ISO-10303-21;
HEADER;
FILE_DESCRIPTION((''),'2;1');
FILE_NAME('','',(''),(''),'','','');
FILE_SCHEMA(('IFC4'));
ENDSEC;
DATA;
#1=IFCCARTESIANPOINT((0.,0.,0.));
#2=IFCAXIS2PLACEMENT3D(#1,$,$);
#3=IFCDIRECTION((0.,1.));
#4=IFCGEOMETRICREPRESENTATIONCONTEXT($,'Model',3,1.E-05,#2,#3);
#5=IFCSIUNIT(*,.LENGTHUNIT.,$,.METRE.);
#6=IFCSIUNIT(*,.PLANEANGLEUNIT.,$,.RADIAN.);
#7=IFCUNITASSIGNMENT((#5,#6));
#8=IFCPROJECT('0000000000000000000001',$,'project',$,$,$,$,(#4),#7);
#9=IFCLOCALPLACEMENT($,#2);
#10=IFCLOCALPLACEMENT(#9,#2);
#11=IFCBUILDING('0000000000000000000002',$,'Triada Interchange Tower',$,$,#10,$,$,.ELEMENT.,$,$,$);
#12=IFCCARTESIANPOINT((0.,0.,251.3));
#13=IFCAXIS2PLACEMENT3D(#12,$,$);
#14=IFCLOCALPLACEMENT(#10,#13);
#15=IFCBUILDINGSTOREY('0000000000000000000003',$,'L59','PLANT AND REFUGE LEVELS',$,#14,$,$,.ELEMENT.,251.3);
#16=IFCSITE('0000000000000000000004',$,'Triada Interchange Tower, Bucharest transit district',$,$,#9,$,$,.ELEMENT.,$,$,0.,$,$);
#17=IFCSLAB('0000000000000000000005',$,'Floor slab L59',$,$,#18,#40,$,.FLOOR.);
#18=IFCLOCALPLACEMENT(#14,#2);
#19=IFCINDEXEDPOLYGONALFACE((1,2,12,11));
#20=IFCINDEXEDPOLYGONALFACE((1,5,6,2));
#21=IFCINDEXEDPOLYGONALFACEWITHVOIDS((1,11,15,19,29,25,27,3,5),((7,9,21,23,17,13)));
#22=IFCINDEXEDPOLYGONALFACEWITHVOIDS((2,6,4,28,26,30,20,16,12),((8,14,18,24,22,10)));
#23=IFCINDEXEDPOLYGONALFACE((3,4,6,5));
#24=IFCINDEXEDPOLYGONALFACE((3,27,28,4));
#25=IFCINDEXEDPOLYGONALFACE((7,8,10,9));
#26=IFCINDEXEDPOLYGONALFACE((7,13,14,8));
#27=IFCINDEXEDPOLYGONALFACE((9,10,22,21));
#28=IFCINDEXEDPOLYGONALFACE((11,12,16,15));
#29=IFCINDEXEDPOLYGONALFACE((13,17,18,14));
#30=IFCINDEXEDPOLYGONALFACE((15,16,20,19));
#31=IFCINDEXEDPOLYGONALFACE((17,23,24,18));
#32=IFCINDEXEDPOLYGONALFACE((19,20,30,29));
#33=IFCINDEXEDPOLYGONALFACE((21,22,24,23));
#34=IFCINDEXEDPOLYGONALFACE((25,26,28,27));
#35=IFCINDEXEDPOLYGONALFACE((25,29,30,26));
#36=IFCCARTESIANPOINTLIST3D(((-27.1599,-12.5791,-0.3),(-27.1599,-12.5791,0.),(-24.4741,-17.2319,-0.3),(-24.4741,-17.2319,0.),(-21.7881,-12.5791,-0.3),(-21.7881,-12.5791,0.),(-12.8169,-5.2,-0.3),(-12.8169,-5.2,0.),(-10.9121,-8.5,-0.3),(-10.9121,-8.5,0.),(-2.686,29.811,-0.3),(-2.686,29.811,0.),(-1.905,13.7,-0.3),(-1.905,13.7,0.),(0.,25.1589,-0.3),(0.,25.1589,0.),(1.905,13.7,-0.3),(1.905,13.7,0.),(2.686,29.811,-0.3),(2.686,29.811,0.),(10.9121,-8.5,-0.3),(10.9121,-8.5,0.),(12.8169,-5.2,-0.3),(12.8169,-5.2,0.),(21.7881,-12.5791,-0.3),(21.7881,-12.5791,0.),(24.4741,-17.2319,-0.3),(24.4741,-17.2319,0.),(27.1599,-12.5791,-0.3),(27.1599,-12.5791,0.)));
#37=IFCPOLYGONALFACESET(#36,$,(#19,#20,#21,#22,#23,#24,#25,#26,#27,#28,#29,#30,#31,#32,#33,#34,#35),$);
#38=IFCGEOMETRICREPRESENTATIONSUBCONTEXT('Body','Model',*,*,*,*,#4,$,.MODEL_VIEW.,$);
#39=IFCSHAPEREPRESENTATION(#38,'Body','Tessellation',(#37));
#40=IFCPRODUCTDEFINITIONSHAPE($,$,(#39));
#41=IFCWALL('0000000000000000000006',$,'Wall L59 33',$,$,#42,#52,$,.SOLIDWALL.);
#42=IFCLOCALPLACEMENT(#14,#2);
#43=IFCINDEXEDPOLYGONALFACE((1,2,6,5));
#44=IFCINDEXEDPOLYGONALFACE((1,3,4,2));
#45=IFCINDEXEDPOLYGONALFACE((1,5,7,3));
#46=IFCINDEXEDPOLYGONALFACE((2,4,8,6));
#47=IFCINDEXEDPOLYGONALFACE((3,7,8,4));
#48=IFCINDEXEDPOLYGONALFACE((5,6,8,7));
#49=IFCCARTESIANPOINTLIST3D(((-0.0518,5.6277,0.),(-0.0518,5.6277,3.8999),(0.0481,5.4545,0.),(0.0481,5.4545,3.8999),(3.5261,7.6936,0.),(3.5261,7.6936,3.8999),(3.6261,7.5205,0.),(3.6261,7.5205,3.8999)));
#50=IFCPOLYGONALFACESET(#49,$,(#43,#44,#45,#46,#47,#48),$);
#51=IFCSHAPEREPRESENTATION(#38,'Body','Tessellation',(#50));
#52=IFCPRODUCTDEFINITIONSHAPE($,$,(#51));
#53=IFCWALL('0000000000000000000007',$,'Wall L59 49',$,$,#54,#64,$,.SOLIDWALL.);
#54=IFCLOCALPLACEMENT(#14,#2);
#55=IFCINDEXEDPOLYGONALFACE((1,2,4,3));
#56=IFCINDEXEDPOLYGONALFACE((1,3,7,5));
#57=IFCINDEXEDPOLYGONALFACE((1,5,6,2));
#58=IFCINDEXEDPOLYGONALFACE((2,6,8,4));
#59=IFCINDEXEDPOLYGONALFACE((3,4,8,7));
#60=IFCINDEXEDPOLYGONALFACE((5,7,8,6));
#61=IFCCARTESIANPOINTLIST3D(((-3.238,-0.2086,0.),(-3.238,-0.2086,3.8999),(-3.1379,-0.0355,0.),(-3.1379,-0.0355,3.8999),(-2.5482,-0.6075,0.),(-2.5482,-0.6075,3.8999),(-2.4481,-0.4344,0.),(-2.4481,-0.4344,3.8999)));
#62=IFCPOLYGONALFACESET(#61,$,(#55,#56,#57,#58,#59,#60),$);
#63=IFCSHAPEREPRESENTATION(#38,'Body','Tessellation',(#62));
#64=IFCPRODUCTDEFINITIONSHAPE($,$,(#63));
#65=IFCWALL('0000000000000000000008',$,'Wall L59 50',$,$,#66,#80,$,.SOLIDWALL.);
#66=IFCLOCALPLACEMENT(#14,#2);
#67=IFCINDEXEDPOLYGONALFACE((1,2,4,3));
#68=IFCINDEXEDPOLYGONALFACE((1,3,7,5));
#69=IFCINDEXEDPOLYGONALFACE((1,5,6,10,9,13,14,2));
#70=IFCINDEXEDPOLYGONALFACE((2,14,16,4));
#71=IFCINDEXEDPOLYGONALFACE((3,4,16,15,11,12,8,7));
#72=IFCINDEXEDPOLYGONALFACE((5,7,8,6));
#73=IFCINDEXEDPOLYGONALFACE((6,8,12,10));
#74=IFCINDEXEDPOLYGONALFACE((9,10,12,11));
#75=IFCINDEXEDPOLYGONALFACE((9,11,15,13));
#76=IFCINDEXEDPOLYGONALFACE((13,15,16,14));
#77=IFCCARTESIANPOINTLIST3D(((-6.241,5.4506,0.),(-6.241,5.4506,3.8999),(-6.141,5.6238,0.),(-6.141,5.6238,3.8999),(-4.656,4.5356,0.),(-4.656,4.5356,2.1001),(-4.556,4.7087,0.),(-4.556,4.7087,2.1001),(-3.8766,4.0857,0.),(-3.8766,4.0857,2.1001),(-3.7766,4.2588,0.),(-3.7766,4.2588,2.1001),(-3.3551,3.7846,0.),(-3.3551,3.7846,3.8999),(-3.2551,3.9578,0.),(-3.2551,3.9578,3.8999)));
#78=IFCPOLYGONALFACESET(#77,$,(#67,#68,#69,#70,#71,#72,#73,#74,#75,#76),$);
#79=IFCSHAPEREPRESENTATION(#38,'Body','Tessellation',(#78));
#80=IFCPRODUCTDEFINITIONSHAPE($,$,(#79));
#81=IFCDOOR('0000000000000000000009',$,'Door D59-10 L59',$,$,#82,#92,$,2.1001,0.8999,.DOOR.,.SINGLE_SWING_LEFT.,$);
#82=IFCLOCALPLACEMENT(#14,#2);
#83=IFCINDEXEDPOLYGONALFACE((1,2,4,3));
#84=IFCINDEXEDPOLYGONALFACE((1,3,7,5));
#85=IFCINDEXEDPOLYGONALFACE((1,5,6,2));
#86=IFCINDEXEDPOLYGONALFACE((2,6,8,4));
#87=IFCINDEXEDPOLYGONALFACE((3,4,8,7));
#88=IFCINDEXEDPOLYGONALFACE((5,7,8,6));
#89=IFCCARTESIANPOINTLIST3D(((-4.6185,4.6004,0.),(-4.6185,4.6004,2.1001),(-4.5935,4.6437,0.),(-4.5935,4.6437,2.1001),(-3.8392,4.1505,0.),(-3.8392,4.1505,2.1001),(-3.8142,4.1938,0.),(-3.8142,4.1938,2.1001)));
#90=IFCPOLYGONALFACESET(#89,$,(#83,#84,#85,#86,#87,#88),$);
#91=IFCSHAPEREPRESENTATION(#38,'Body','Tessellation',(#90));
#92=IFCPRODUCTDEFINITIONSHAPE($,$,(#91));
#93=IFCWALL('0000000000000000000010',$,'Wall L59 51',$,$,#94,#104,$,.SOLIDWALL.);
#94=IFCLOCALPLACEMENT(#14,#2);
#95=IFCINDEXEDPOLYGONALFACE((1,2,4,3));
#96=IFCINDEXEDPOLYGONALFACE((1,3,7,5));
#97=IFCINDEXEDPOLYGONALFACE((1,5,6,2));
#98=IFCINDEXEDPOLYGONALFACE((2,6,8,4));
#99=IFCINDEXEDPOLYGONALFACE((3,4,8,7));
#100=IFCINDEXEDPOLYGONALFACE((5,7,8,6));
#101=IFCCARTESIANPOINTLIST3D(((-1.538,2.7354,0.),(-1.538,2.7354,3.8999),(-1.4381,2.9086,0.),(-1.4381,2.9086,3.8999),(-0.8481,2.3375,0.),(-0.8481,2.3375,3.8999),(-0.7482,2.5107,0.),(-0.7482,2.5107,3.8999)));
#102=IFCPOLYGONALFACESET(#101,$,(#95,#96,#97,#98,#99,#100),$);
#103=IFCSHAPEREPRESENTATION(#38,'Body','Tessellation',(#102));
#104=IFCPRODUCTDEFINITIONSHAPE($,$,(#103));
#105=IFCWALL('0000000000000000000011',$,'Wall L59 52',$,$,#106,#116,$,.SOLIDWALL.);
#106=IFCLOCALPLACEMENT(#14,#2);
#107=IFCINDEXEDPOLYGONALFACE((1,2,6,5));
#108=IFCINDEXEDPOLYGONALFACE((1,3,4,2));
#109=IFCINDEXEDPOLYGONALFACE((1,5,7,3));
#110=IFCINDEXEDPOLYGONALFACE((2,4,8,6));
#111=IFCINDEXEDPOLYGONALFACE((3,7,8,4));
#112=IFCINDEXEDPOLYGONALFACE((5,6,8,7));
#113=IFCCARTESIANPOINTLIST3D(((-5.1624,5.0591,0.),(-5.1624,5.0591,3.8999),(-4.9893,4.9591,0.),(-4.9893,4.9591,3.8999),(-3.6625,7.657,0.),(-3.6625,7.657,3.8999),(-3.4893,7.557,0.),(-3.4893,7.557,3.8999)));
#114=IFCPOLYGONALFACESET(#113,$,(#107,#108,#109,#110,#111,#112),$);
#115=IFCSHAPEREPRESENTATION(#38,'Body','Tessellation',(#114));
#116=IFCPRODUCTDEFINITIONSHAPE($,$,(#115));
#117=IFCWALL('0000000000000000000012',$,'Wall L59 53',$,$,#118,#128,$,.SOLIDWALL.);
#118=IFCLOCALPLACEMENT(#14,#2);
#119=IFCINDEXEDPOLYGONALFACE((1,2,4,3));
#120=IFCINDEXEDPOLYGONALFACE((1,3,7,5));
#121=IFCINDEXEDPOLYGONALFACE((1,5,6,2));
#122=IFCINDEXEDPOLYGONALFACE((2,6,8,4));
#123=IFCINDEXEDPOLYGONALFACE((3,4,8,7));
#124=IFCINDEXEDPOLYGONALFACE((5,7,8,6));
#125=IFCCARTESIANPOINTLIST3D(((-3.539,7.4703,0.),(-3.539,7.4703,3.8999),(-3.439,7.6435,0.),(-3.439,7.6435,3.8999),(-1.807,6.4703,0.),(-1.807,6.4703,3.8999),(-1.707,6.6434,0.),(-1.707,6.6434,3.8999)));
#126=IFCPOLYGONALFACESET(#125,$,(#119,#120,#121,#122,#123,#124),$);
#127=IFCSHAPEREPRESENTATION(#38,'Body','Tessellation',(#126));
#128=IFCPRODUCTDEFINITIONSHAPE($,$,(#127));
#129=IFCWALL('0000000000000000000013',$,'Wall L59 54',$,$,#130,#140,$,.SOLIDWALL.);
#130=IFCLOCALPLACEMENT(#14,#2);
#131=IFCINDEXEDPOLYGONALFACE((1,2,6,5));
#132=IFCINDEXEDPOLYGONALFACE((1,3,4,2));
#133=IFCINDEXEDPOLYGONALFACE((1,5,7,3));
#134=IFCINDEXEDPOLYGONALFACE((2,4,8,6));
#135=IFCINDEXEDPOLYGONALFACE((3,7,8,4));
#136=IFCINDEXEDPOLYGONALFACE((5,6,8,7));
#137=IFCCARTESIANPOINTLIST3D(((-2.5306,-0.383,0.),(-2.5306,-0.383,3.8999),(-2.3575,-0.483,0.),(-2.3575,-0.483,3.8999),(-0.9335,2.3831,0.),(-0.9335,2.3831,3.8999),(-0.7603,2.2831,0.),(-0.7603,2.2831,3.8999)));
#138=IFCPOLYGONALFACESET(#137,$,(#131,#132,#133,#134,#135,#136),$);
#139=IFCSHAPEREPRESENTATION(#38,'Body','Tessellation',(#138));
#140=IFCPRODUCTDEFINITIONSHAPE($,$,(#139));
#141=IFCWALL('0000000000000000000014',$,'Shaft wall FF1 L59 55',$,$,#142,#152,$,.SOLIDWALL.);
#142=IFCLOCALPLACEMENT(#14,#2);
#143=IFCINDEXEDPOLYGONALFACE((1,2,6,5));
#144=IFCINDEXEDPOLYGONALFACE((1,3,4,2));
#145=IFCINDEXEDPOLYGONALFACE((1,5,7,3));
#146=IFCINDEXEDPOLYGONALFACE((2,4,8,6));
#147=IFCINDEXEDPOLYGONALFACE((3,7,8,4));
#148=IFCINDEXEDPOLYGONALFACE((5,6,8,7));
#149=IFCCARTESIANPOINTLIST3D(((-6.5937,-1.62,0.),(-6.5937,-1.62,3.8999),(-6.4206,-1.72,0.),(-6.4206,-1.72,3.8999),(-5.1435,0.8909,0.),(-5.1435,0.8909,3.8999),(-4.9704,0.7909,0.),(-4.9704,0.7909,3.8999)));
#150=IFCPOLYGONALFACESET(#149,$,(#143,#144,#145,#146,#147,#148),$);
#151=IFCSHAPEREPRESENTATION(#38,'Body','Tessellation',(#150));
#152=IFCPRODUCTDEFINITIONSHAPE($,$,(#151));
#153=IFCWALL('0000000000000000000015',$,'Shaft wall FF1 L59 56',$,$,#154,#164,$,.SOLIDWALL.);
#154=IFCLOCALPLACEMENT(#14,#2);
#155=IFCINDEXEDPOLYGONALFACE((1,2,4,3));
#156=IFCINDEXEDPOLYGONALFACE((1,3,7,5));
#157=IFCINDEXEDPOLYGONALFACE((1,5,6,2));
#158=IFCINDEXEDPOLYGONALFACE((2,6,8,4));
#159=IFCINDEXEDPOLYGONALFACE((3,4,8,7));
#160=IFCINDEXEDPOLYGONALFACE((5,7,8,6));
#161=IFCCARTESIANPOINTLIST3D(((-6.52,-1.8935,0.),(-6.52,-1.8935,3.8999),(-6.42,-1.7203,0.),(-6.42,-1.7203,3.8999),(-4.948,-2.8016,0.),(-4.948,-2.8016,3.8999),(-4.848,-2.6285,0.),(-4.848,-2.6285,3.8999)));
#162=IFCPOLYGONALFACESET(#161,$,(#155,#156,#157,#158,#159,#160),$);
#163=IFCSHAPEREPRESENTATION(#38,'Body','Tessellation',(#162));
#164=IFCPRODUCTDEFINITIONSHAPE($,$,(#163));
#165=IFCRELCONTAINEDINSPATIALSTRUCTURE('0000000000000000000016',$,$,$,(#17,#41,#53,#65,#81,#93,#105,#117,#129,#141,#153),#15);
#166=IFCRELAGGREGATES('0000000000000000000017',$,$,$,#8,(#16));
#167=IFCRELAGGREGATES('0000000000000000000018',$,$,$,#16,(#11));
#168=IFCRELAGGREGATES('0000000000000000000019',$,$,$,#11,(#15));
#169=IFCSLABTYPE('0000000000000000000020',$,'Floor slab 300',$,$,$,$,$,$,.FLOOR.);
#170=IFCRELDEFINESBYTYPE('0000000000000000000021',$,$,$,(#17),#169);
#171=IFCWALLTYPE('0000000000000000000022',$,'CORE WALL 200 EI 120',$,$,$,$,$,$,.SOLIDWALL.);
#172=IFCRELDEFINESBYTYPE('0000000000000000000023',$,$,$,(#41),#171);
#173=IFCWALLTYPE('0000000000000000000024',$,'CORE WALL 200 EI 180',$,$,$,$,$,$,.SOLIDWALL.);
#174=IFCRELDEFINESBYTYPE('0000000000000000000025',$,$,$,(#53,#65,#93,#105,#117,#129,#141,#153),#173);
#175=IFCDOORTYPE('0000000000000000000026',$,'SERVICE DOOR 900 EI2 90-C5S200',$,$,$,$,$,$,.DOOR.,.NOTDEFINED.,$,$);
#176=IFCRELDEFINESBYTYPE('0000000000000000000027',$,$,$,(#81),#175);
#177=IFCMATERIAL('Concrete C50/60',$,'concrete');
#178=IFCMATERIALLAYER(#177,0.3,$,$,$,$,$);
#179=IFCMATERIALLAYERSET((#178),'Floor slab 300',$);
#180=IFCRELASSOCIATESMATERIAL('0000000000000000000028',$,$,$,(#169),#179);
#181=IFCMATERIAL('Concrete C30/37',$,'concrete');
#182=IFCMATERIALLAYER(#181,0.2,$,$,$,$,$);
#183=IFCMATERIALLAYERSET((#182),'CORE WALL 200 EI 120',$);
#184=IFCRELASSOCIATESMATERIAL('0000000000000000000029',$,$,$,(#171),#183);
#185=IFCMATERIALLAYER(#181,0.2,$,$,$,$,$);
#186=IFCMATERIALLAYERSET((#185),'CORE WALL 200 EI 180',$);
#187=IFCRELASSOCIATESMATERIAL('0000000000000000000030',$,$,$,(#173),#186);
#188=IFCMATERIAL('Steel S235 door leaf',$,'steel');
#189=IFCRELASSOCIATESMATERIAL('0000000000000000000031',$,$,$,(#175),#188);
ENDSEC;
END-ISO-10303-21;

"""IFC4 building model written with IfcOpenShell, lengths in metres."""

from ifc_helpers import new_model, si_unit, direction, frame, frame_2d, origin, place, context, subcontext, project, spatial, polyline, rectangle, outline, extrude, material, layer, layer_set, type_object, element, fill, save


model = new_model("IFC4")

# Units and contexts
model_context = context("Model", 3, precision=1e-05, world=origin(), true_north=direction((0.0, 1.0)))
body_context = subcontext(model_context, "Body", "Model", "MODEL_VIEW")
ifc_project = project(units=[si_unit("LENGTHUNIT", "METRE"), si_unit("PLANEANGLEUNIT", "RADIAN")], contexts=[model_context])

# Site, building, storey
site_placement = place(None, origin())
site = spatial("IfcSite", under=ifc_project, at=site_placement, Name="Triada Interchange Tower, Bucharest transit district", CompositionType="ELEMENT", RefElevation=0.0)
building_placement = place(site_placement, origin())
building = spatial("IfcBuilding", under=site, at=building_placement, Name="Triada Interchange Tower", CompositionType="ELEMENT")
storey_placement = place(building_placement, frame((0.0, 0.0, 251.3)))
storey = spatial("IfcBuildingStorey", under=building, at=storey_placement, Name="L59", Description="PLANT AND REFUGE LEVELS", CompositionType="ELEMENT", Elevation=251.3)

# Slab
ifc_material_1 = material(Name="Concrete C50/60", Category="concrete")
ifc_layer_1 = layer(ifc_material_1, 0.3)
ifc_layer_set_1 = layer_set([ifc_layer_1], Name="Floor slab 300")
slab_type = type_object("IfcSlabType", Name="Floor slab 300", PredefinedType="FLOOR", material=ifc_layer_set_1)
slab_placement = place(storey_placement, frame((0.0, 0.0, -0.3)))
element("IfcSlab", 1, at=slab_placement, inside=storey, type_object=slab_type, Name="Floor slab L59", PredefinedType="FLOOR", context=body_context, shape_type="SweptSolid", body=[
    extrude(outline(polyline([(-2.686, 29.811), (-27.1599, -12.5791), (-21.7881, -12.5791), (-24.4741, -17.2319), (24.4741, -17.2319), (21.7881, -12.5791), (27.1599, -12.5791), (2.686, 29.811), (0.0, 25.1589), (-2.686, 29.811)]), holes=[polyline([(1.905, 13.7), (-1.905, 13.7), (-12.8169, -5.2), (-10.9121, -8.5), (10.9121, -8.5), (12.8169, -5.2), (1.905, 13.7)])]), origin(), (0.0, 0.0, 1.0), 0.3),
])

# Walls
ifc_material_2 = material(Name="Concrete C30/37", Category="concrete")
ifc_layer_2 = layer(ifc_material_2, 0.2)
ifc_layer_set_2 = layer_set([ifc_layer_2], Name="CORE WALL 200 EI 120")
wall_type_1 = type_object("IfcWallType", Name="CORE WALL 200 EI 120", PredefinedType="SOLIDWALL", material=ifc_layer_set_2)
wall_1_placement = place(storey_placement, frame((-0.002, 5.541, 0.0), z_axis=(0.0, 0.0, 1.0), x_axis=(0.866002, 0.500041, 0.0)))
element("IfcWall", 2, at=wall_1_placement, inside=storey, type_object=wall_type_1, Name="Wall L59 33", PredefinedType="SOLIDWALL", context=body_context, shape_type="SweptSolid", body=[
    extrude(rectangle(XDim=4.1316, YDim=0.2, at=frame_2d((2.0659, 0.0))), origin(), (0.0, 0.0, 1.0), 3.8999),
])
ifc_layer_3 = layer(ifc_material_2, 0.2)
ifc_layer_set_3 = layer_set([ifc_layer_3], Name="CORE WALL 200 EI 180")
wall_type_2 = type_object("IfcWallType", Name="CORE WALL 200 EI 180", PredefinedType="SOLIDWALL", material=ifc_layer_set_3)
wall_2_placement = place(storey_placement, frame((-3.188, -0.1221, 0.0), z_axis=(0.0, 0.0, 1.0), x_axis=(0.865706, -0.500553, 0.0)))
element("IfcWall", 3, at=wall_2_placement, inside=storey, type_object=wall_type_2, Name="Wall L59 49", PredefinedType="SOLIDWALL", context=body_context, shape_type="SweptSolid", body=[
    extrude(rectangle(XDim=0.7969, YDim=0.2, at=frame_2d((0.3984, 0.0))), origin(), (0.0, 0.0, 1.0), 3.8999),
])

# Wall, opening, door
wall_3_placement = place(storey_placement, frame((-6.1909, 5.5371, 0.0), z_axis=(0.0, 0.0, 1.0), x_axis=(0.866053, -0.499953, 0.0)))
wall_3 = element("IfcWall", 4, at=wall_3_placement, inside=storey, type_object=wall_type_2, Name="Wall L59 50", PredefinedType="SOLIDWALL", context=body_context, shape_type="SweptSolid", body=[
    extrude(rectangle(XDim=3.3323, YDim=0.2, at=frame_2d((1.666, 0.0))), origin(), (0.0, 0.0, 1.0), 3.8999),
])
opening_1_placement = place(wall_3_placement, frame((1.8301, 0.0, 0.0)))
opening_1 = element("IfcOpeningElement", 5, at=opening_1_placement, cuts=wall_3, PredefinedType="OPENING", context=body_context, shape_type="SweptSolid", body=[
    extrude(rectangle(XDim=0.8999, YDim=2.1001, at=frame_2d((0.45, 1.05))), frame((0.0, 0.1099, 0.0), z_axis=(0.0, -1.0, 0.0), x_axis=(1.0, 0.0, 0.0)), (0.0, 0.0, 1.0), 0.22),
])
ifc_material_3 = material(Name="Steel S235 door leaf", Category="steel")
door_type_1 = type_object("IfcDoorType", Name="SERVICE DOOR 900 EI2 90-C5S200", OperationType="NOTDEFINED", PredefinedType="DOOR", material=ifc_material_3)
door_1_placement = place(opening_1_placement, origin())
door_1 = element("IfcDoor", 6, at=door_1_placement, inside=storey, type_object=door_type_1, Name="Door D59-10 L59", OperationType="SINGLE_SWING_LEFT", OverallHeight=2.1001, OverallWidth=0.8999, PredefinedType="DOOR", context=body_context, shape_type="SweptSolid", body=[
    extrude(rectangle(XDim=0.8999, YDim=2.1001, at=frame_2d((0.45, 1.05))), frame((0.0, 0.0249, 0.0), z_axis=(0.0, -1.0, 0.0), x_axis=(1.0, 0.0, 0.0)), (0.0, 0.0, 1.0), 0.05),
])
fill(opening_1, door_1)

# Walls
wall_4_placement = place(storey_placement, frame((-1.488, 2.822, 0.0), z_axis=(0.0, 0.0, 1.0), x_axis=(0.866237, -0.499634, 0.0)))
element("IfcWall", 7, at=wall_4_placement, inside=storey, type_object=wall_type_2, Name="Wall L59 51", PredefinedType="SOLIDWALL", context=body_context, shape_type="SweptSolid", body=[
    extrude(rectangle(XDim=0.7964, YDim=0.2, at=frame_2d((0.3982, 0.0))), origin(), (0.0, 0.0, 1.0), 3.8999),
])
wall_5_placement = place(storey_placement, frame((-5.0759, 5.009, 0.0), z_axis=(0.0, 0.0, 1.0), x_axis=(0.500025, 0.866011, 0.0)))
element("IfcWall", 8, at=wall_5_placement, inside=storey, type_object=wall_type_2, Name="Wall L59 52", PredefinedType="SOLIDWALL", context=body_context, shape_type="SweptSolid", body=[
    extrude(rectangle(XDim=2.9998, YDim=0.2, at=frame_2d((1.5, 0.0))), origin(), (0.0, 0.0, 1.0), 3.8999),
])
wall_6_placement = place(storey_placement, frame((-3.489, 7.5569, 0.0), z_axis=(0.0, 0.0, 1.0), x_axis=(0.866011, -0.500025, 0.0)))
element("IfcWall", 9, at=wall_6_placement, inside=storey, type_object=wall_type_2, Name="Wall L59 53", PredefinedType="SOLIDWALL", context=body_context, shape_type="SweptSolid", body=[
    extrude(rectangle(XDim=2.0, YDim=0.2, at=frame_2d((1.0, 0.0))), origin(), (0.0, 0.0, 1.0), 3.8999),
])
wall_7_placement = place(storey_placement, frame((-2.4441, -0.4331, 0.0), z_axis=(0.0, 0.0, 1.0), x_axis=(0.500036, 0.866005, 0.0)))
element("IfcWall", 10, at=wall_7_placement, inside=storey, type_object=wall_type_2, Name="Wall L59 54", PredefinedType="SOLIDWALL", context=body_context, shape_type="SweptSolid", body=[
    extrude(rectangle(XDim=3.1941, YDim=0.2, at=frame_2d((1.5972, 0.0))), origin(), (0.0, 0.0, 1.0), 3.8999),
])
wall_8_placement = place(storey_placement, frame((-6.5071, -1.6699, 0.0), z_axis=(0.0, 0.0, 1.0), x_axis=(0.500123, 0.865954, 0.0)))
element("IfcWall", 11, at=wall_8_placement, inside=storey, type_object=wall_type_2, Name="Shaft wall FF1 L59 55", PredefinedType="SOLIDWALL", context=body_context, shape_type="SweptSolid", body=[
    extrude(rectangle(XDim=2.8997, YDim=0.2, at=frame_2d((1.4497, 0.0))), origin(), (0.0, 0.0, 1.0), 3.8999),
])
wall_9_placement = place(storey_placement, frame((-6.47, -1.8069, 0.0), z_axis=(0.0, 0.0, 1.0), x_axis=(0.865883, -0.500246, 0.0)))
element("IfcWall", 12, at=wall_9_placement, inside=storey, type_object=wall_type_2, Name="Shaft wall FF1 L59 56", PredefinedType="SOLIDWALL", context=body_context, shape_type="SweptSolid", body=[
    extrude(rectangle(XDim=1.8154, YDim=0.2, at=frame_2d((0.9077, 0.0))), origin(), (0.0, 0.0, 1.0), 3.8999),
])

save(model, "model.ifc")
